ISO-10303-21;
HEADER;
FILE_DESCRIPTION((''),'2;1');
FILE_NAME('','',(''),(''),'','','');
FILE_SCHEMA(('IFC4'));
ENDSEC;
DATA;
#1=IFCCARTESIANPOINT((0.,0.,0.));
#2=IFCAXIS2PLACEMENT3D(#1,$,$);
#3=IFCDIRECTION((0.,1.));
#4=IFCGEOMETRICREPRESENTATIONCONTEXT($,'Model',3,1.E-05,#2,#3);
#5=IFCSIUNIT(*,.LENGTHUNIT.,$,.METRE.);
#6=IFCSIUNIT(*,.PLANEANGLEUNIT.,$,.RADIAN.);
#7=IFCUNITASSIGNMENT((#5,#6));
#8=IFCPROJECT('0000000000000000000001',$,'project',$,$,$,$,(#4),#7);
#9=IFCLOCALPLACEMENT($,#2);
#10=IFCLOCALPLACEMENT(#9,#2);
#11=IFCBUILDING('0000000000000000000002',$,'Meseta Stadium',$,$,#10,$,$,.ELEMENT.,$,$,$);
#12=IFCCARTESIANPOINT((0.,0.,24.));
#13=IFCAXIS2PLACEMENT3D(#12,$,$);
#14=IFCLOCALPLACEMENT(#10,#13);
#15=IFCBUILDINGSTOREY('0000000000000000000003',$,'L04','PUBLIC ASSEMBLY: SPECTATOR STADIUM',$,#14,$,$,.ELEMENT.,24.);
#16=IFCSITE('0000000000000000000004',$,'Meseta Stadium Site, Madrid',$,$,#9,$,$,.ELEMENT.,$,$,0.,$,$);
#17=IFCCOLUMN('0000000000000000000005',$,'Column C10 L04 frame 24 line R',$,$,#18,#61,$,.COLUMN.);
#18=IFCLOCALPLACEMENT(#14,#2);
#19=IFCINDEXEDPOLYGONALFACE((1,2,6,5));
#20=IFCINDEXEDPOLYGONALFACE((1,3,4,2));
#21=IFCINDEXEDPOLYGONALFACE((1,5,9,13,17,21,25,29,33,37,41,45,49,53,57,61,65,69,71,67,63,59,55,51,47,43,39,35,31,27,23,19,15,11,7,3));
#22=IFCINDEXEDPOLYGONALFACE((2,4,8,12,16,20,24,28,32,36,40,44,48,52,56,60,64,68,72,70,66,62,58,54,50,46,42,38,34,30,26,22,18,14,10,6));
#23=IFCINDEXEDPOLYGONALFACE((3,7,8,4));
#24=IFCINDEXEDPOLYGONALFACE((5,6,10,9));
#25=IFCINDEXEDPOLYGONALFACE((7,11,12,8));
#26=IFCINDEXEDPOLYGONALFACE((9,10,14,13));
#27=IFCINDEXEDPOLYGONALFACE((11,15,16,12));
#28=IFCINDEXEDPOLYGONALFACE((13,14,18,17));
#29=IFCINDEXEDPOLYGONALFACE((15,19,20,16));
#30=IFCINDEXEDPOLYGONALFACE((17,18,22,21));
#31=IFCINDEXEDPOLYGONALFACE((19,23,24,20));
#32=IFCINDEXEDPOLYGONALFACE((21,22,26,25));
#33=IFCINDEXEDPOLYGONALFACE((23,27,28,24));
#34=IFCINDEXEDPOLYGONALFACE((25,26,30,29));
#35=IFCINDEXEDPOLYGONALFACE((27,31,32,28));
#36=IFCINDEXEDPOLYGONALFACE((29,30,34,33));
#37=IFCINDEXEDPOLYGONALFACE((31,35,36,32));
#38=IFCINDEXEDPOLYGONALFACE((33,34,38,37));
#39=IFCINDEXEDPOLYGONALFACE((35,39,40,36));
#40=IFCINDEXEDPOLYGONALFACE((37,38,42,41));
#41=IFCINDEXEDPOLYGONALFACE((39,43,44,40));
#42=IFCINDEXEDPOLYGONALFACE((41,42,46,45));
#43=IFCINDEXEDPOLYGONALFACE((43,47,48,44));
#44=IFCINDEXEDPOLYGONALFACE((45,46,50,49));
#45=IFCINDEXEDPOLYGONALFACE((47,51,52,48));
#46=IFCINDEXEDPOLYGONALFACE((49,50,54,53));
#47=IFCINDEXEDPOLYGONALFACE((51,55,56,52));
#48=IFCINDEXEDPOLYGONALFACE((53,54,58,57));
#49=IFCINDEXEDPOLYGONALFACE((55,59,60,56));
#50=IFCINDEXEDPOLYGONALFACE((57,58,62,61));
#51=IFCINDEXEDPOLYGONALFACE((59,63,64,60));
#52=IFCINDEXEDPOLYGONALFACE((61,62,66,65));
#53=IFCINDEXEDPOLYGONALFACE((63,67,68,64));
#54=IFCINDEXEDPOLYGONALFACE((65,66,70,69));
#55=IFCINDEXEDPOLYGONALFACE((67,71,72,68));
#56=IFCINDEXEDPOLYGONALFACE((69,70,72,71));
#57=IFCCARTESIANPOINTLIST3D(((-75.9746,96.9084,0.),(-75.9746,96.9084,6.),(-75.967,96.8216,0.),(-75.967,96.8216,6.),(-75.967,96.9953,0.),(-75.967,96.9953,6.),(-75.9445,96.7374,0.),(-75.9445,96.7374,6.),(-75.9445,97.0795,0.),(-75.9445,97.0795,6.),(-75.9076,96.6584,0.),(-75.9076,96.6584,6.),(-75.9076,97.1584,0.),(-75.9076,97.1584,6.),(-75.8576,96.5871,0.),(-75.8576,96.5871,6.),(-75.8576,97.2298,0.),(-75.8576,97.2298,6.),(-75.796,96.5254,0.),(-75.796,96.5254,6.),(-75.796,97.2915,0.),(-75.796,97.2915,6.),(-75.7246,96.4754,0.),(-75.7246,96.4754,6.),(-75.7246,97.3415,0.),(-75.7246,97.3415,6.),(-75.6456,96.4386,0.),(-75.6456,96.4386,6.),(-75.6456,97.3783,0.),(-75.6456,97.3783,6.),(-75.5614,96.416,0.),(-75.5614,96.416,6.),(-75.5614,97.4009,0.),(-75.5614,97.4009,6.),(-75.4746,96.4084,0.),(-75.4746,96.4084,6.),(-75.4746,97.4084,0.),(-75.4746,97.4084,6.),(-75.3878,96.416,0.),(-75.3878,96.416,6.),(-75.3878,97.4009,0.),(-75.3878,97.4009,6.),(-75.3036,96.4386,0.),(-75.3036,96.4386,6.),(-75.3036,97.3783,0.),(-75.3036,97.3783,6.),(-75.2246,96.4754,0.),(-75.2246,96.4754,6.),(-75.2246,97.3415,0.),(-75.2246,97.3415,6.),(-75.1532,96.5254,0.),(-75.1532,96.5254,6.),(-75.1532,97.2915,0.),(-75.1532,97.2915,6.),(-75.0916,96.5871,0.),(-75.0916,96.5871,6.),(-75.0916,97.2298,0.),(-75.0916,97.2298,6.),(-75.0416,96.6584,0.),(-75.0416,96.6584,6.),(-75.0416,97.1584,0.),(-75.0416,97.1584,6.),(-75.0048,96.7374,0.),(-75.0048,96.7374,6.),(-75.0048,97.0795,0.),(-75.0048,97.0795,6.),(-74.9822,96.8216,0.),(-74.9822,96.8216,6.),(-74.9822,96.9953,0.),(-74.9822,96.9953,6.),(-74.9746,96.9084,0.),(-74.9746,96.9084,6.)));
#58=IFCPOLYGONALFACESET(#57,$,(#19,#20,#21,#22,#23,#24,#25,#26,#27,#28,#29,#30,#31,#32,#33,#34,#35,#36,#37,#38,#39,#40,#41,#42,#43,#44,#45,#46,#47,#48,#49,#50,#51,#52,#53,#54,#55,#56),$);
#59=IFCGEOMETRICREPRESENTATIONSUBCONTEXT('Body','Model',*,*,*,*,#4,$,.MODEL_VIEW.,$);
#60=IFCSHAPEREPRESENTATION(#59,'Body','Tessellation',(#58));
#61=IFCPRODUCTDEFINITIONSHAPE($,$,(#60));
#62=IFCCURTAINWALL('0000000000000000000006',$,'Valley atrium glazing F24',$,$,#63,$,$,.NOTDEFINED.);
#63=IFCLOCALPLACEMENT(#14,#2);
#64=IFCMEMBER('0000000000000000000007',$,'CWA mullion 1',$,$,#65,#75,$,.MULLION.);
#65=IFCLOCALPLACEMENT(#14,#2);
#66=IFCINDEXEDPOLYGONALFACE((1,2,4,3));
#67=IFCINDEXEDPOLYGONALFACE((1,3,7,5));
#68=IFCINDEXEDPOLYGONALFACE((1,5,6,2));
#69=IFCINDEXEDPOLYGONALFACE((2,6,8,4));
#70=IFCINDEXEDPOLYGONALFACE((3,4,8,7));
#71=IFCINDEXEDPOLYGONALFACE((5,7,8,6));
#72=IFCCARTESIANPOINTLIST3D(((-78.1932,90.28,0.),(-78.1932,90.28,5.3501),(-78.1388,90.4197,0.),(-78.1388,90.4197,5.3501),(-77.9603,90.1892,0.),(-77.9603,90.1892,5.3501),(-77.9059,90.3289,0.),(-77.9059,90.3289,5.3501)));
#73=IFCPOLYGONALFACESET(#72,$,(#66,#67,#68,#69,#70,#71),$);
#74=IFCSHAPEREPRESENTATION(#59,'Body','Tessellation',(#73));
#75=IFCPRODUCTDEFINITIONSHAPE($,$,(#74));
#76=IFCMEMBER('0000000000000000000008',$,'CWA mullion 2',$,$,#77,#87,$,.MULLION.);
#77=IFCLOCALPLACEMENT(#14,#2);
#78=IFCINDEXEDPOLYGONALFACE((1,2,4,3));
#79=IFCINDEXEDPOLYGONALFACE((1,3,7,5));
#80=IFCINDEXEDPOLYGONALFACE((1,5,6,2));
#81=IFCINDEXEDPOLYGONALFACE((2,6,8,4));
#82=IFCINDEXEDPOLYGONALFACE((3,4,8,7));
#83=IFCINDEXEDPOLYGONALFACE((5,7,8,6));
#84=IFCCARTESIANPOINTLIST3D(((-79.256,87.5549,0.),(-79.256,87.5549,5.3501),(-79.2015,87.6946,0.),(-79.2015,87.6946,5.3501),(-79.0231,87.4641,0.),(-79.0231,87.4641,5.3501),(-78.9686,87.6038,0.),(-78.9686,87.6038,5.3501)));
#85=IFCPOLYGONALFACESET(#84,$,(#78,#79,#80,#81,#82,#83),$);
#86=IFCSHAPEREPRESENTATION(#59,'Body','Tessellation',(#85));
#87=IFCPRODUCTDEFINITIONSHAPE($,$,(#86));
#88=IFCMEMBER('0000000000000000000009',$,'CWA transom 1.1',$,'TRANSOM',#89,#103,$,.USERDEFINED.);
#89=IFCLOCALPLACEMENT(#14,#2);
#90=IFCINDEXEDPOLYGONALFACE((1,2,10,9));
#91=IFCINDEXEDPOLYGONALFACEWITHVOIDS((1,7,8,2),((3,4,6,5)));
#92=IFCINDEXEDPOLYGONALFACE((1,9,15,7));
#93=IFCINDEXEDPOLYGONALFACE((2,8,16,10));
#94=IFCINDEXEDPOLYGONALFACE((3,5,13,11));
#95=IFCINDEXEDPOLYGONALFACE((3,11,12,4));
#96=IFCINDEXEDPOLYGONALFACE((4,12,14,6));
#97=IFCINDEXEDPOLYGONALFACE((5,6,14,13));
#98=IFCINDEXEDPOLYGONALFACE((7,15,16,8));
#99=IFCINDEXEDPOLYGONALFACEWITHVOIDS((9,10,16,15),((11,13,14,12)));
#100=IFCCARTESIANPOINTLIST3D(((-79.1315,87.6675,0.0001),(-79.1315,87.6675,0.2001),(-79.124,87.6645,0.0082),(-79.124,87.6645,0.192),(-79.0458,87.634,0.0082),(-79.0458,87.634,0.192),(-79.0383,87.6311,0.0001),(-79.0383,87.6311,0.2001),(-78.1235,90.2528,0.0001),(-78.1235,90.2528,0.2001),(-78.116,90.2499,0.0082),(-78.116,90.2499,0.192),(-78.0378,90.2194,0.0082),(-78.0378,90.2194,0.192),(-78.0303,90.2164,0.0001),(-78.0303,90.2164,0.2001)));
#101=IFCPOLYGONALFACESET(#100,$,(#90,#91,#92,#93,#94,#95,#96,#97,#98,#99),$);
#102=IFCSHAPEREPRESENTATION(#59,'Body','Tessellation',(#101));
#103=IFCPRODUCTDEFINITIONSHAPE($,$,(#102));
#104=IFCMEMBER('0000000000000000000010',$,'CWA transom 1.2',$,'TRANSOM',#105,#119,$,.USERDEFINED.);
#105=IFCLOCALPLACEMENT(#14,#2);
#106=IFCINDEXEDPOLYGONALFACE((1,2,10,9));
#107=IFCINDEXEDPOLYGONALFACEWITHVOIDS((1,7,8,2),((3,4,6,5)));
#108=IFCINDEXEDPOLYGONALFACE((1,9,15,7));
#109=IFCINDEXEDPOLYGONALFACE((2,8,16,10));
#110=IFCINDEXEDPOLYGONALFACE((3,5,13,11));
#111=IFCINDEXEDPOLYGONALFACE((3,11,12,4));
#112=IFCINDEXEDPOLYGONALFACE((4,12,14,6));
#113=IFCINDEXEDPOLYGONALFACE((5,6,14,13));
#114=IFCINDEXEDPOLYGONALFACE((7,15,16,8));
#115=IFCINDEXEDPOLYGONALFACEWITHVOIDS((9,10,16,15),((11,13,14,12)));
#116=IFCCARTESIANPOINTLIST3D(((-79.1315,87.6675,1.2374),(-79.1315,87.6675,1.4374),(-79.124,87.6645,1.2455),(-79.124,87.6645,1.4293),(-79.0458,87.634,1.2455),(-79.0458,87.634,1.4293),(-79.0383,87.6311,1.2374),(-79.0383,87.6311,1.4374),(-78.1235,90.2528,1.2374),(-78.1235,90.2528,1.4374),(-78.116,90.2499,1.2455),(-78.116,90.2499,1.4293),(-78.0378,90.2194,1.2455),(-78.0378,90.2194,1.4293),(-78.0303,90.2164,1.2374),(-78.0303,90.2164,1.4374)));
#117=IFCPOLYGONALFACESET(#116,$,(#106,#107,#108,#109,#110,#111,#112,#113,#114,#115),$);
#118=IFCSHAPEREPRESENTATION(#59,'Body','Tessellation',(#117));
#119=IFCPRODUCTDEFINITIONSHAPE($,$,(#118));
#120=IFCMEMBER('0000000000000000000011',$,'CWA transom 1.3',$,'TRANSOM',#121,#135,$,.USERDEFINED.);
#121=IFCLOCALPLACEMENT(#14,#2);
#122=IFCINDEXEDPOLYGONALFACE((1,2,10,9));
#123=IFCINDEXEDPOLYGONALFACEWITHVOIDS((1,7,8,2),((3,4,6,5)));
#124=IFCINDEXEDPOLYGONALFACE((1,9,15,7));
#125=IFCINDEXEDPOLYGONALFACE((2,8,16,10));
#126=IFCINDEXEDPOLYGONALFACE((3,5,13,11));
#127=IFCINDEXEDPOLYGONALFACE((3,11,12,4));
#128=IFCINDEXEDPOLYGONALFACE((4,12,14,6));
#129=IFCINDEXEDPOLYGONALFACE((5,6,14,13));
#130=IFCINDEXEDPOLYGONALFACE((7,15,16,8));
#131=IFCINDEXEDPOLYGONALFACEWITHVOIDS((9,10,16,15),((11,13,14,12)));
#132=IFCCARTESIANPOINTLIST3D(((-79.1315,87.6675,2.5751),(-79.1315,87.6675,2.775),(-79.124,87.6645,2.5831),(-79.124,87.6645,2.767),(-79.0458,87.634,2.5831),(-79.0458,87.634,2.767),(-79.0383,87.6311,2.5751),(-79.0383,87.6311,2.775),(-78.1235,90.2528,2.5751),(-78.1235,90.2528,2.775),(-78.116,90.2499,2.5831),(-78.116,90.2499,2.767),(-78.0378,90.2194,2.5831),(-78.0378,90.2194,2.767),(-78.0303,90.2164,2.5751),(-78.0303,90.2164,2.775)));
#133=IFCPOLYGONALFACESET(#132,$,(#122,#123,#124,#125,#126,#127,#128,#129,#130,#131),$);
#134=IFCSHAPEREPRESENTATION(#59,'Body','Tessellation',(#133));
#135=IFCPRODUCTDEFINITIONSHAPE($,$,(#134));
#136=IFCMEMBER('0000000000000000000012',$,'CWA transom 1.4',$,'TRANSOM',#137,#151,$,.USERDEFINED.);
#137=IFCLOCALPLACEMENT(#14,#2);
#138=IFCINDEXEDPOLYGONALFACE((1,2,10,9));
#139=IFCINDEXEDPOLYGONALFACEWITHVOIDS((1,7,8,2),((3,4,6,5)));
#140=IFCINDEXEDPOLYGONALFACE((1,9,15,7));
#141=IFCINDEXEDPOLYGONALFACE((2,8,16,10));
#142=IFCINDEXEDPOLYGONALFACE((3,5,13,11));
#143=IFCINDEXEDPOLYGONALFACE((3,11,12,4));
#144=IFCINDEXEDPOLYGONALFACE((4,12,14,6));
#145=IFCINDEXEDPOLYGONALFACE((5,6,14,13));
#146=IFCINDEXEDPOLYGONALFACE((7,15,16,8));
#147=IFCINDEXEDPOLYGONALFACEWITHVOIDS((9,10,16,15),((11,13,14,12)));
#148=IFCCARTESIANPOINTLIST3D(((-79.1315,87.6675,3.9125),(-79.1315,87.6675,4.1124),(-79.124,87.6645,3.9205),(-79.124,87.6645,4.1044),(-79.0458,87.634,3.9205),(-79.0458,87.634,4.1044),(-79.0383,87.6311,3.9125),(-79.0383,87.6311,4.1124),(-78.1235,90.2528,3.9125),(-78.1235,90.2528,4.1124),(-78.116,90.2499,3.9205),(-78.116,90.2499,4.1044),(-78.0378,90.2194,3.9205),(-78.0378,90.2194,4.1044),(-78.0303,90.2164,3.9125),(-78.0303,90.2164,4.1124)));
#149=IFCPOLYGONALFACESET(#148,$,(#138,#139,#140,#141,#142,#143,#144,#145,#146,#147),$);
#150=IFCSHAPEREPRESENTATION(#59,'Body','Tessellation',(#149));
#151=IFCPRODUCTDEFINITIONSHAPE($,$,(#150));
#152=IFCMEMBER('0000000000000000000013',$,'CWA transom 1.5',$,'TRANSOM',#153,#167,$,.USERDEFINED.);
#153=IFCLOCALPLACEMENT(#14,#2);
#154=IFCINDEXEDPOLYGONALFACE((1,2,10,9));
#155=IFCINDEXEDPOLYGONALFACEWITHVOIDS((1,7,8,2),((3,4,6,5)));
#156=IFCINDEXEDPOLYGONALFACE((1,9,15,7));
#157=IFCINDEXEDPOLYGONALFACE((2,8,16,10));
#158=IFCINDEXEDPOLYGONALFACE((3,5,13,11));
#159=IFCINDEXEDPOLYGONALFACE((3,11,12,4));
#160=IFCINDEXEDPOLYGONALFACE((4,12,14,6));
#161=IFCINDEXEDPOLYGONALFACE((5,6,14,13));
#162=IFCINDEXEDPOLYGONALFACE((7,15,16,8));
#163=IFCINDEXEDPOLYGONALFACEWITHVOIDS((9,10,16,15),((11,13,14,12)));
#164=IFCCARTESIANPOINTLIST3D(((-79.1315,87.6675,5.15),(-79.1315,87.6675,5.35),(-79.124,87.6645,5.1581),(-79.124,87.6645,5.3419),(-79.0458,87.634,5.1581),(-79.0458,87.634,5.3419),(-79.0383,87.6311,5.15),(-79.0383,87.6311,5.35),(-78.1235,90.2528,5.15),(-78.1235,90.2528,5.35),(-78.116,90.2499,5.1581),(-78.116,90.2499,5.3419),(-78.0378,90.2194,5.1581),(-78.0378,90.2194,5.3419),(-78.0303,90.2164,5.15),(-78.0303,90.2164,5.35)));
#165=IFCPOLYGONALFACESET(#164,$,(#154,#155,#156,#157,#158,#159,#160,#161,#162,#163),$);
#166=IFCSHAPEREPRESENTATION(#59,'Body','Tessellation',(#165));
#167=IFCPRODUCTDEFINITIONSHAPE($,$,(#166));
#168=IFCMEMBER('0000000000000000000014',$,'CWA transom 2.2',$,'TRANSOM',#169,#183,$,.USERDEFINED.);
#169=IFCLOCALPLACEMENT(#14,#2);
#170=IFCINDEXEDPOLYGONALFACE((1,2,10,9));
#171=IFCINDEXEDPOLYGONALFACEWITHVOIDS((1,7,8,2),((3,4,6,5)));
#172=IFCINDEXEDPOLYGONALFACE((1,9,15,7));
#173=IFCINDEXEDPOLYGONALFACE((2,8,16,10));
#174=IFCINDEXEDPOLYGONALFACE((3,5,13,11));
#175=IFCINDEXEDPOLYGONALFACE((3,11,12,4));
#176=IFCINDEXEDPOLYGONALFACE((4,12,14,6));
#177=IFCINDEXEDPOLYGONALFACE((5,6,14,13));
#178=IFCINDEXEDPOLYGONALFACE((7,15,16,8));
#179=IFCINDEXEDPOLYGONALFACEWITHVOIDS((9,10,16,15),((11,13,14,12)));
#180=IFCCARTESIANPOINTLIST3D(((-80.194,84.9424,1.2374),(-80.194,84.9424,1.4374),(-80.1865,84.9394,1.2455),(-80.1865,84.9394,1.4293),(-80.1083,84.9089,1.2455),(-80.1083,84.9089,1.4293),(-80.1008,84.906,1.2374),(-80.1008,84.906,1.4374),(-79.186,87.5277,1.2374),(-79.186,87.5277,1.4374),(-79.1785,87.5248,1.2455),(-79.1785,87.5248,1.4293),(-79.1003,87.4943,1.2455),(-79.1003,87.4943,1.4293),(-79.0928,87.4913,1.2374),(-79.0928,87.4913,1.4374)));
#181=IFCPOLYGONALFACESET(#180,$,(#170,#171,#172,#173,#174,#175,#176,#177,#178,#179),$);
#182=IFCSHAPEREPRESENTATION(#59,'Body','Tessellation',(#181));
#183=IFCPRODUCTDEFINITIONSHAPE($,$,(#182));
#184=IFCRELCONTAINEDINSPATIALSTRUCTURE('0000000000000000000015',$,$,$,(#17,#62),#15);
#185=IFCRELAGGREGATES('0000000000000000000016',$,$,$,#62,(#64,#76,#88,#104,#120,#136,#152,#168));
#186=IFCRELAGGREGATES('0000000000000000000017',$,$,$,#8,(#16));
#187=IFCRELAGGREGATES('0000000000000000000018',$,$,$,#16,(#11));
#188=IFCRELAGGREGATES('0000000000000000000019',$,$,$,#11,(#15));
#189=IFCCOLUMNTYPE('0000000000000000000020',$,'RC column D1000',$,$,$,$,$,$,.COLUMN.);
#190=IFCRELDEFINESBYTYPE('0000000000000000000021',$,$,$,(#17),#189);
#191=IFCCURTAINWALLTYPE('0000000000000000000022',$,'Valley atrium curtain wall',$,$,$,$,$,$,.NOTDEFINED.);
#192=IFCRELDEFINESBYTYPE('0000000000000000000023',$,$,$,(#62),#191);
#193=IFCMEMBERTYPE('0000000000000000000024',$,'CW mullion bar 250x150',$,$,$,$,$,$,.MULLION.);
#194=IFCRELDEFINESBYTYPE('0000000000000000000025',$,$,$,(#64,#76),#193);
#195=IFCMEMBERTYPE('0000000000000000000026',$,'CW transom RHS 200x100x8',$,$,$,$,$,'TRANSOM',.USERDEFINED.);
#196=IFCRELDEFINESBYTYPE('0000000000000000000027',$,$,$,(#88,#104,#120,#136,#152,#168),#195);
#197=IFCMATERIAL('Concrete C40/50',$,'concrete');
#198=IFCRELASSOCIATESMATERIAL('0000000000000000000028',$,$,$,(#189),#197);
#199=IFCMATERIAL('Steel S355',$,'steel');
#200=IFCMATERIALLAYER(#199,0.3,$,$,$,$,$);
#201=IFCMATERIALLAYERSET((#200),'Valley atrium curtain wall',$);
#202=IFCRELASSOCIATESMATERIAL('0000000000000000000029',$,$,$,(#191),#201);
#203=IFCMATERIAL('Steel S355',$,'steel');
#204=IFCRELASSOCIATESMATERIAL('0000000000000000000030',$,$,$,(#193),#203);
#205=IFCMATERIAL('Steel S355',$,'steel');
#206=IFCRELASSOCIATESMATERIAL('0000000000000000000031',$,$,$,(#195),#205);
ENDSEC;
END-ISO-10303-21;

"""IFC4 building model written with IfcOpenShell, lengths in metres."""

from ifc_helpers import new_model, si_unit, direction, frame, origin, origin_2d, place, context, subcontext, project, spatial, rectangle, hollow_rectangle, circle, extrude, material, layer, layer_set, material_profile, profile_set, type_object, element, aggregate, save


model = new_model("IFC4")

# Units and contexts
model_context = context("Model", 3, precision=1e-05, world=origin(), true_north=direction((0.0, 1.0)))
body_context = subcontext(model_context, "Body", "Model", "MODEL_VIEW")
ifc_project = project(units=[si_unit("LENGTHUNIT", "METRE"), si_unit("PLANEANGLEUNIT", "RADIAN")], contexts=[model_context])

# Site, building, storey
site_placement = place(None, origin())
site = spatial("IfcSite", under=ifc_project, at=site_placement, Name="Meseta Stadium Site, Madrid", CompositionType="ELEMENT", RefElevation=0.0)
building_placement = place(site_placement, origin())
building = spatial("IfcBuilding", under=site, at=building_placement, Name="Meseta Stadium", CompositionType="ELEMENT")
storey_placement = place(building_placement, frame((0.0, 0.0, 24.0)))
storey = spatial("IfcBuildingStorey", under=building, at=storey_placement, Name="L04", Description="PUBLIC ASSEMBLY: SPECTATOR STADIUM", CompositionType="ELEMENT", Elevation=24.0)

# Column
ifc_material_1 = material(Name="Concrete C40/50", Category="concrete")
ifc_material_profile_1 = material_profile(ifc_material_1, circle(Radius=0.5, at=origin_2d()), Name="RC D1000")
ifc_profile_set_1 = profile_set([ifc_material_profile_1], Name="Concrete C40/50")
column_type = type_object("IfcColumnType", Name="RC column D1000", PredefinedType="COLUMN", material=ifc_profile_set_1)
column_placement = place(storey_placement, frame((-75.4746, 96.9084, 0.0), z_axis=(0.0, 0.0, 1.0), x_axis=(1.0, 0.0, 0.0)))
element("IfcColumn", 1, at=column_placement, inside=storey, type_object=column_type, Name="Column C10 L04 frame 24 line R", PredefinedType="COLUMN", context=body_context, shape_type="SweptSolid", body=[
    extrude(circle(Radius=0.5, at=origin_2d()), origin(), (0.0, 0.0, 1.0), 6.0),
])

# Curtain wall, members
ifc_material_2 = material(Name="Steel S355", Category="steel")
ifc_layer_1 = layer(ifc_material_2, 0.3)
ifc_layer_set_1 = layer_set([ifc_layer_1], Name="Valley atrium curtain wall")
curtain_wall_type = type_object("IfcCurtainWallType", Name="Valley atrium curtain wall", PredefinedType="NOTDEFINED", material=ifc_layer_set_1)
curtain_wall_placement = place(storey_placement, origin())
curtain_wall = element("IfcCurtainWall", 2, at=curtain_wall_placement, inside=storey, type_object=curtain_wall_type, Name="Valley atrium glazing F24", PredefinedType="NOTDEFINED")
ifc_material_3 = material(Name="Steel S355", Category="steel")
ifc_material_profile_2 = material_profile(ifc_material_3, rectangle(XDim=0.25, YDim=0.1499, at=origin_2d()), Name="CW 250x150")
ifc_profile_set_2 = profile_set([ifc_material_profile_2], Name="Steel S355")
member_type_1 = type_object("IfcMemberType", Name="CW mullion bar 250x150", PredefinedType="MULLION", material=ifc_profile_set_2)
member_1_placement = place(storey_placement, frame((-78.0496, 90.3044, 0.0), z_axis=(0.0, 0.0, 1.0), x_axis=(0.93168, -0.36328, 0.0)))
member_1 = element("IfcMember", 3, at=member_1_placement, type_object=member_type_1, Name="CWA mullion 1", PredefinedType="MULLION", context=body_context, shape_type="SweptSolid", body=[
    extrude(rectangle(XDim=0.25, YDim=0.1499, at=origin_2d()), origin(), (0.0, 0.0, 1.0), 5.3501),
])
member_2_placement = place(storey_placement, frame((-79.1123, 87.5793, 0.0), z_axis=(0.0, 0.0, 1.0), x_axis=(0.93168, -0.36328, 0.0)))
member_2 = element("IfcMember", 4, at=member_2_placement, type_object=member_type_1, Name="CWA mullion 2", PredefinedType="MULLION", context=body_context, shape_type="SweptSolid", body=[
    extrude(rectangle(XDim=0.25, YDim=0.1499, at=origin_2d()), origin(), (0.0, 0.0, 1.0), 5.3501),
])
ifc_material_4 = material(Name="Steel S355", Category="steel")
ifc_material_profile_3 = material_profile(ifc_material_4, hollow_rectangle(XDim=0.1001, YDim=0.2, WallThickness=0.0081, at=origin_2d()), Name="RHS 200x100x8")
ifc_profile_set_3 = profile_set([ifc_material_profile_3], Name="Steel S355")
member_type_2 = type_object("IfcMemberType", Name="CW transom RHS 200x100x8", ElementType="TRANSOM", PredefinedType="USERDEFINED", material=ifc_profile_set_3)
member_3_placement = place(storey_placement, frame((-78.0769, 90.2346, 0.1001), z_axis=(-0.363261, -0.931687, 0.0), x_axis=(0.931687, -0.363261, 0.0)))
member_3 = element("IfcMember", 5, at=member_3_placement, type_object=member_type_2, Name="CWA transom 1.1", ObjectType="TRANSOM", PredefinedType="USERDEFINED", context=body_context, shape_type="SweptSolid", body=[
    extrude(hollow_rectangle(XDim=0.1001, YDim=0.2, WallThickness=0.0081, at=origin_2d()), origin(), (0.0, 0.0, 1.0), 2.7749),
])
member_4_placement = place(storey_placement, frame((-78.0769, 90.2346, 1.3374), z_axis=(-0.363261, -0.931687, 0.0), x_axis=(0.931687, -0.363261, 0.0)))
member_4 = element("IfcMember", 6, at=member_4_placement, type_object=member_type_2, Name="CWA transom 1.2", ObjectType="TRANSOM", PredefinedType="USERDEFINED", context=body_context, shape_type="SweptSolid", body=[
    extrude(hollow_rectangle(XDim=0.1001, YDim=0.2, WallThickness=0.0081, at=origin_2d()), origin(), (0.0, 0.0, 1.0), 2.7749),
])
member_5_placement = place(storey_placement, frame((-78.0769, 90.2346, 2.675), z_axis=(-0.363261, -0.931687, 0.0), x_axis=(0.931687, -0.363261, 0.0)))
member_5 = element("IfcMember", 7, at=member_5_placement, type_object=member_type_2, Name="CWA transom 1.3", ObjectType="TRANSOM", PredefinedType="USERDEFINED", context=body_context, shape_type="SweptSolid", body=[
    extrude(hollow_rectangle(XDim=0.1001, YDim=0.2, WallThickness=0.0081, at=origin_2d()), origin(), (0.0, 0.0, 1.0), 2.7749),
])
member_6_placement = place(storey_placement, frame((-78.0769, 90.2346, 4.0125), z_axis=(-0.363261, -0.931687, 0.0), x_axis=(0.931687, -0.363261, 0.0)))
member_6 = element("IfcMember", 8, at=member_6_placement, type_object=member_type_2, Name="CWA transom 1.4", ObjectType="TRANSOM", PredefinedType="USERDEFINED", context=body_context, shape_type="SweptSolid", body=[
    extrude(hollow_rectangle(XDim=0.1001, YDim=0.2, WallThickness=0.0081, at=origin_2d()), origin(), (0.0, 0.0, 1.0), 2.7749),
])
member_7_placement = place(storey_placement, frame((-78.0769, 90.2346, 5.25), z_axis=(-0.363261, -0.931687, 0.0), x_axis=(0.931687, -0.363261, 0.0)))
member_7 = element("IfcMember", 9, at=member_7_placement, type_object=member_type_2, Name="CWA transom 1.5", ObjectType="TRANSOM", PredefinedType="USERDEFINED", context=body_context, shape_type="SweptSolid", body=[
    extrude(hollow_rectangle(XDim=0.1001, YDim=0.2, WallThickness=0.0081, at=origin_2d()), origin(), (0.0, 0.0, 1.0), 2.7749),
])
member_8_placement = place(storey_placement, frame((-79.1394, 87.5095, 1.3374), z_axis=(-0.363261, -0.931687, 0.0), x_axis=(0.931687, -0.363261, 0.0)))
member_8 = element("IfcMember", 10, at=member_8_placement, type_object=member_type_2, Name="CWA transom 2.2", ObjectType="TRANSOM", PredefinedType="USERDEFINED", context=body_context, shape_type="SweptSolid", body=[
    extrude(hollow_rectangle(XDim=0.1001, YDim=0.2, WallThickness=0.0081, at=origin_2d()), origin(), (0.0, 0.0, 1.0), 2.7749),
])

aggregate(curtain_wall, [member_1, member_2, member_3, member_4, member_5, member_6, member_7, member_8])

save(model, "model.ifc")
